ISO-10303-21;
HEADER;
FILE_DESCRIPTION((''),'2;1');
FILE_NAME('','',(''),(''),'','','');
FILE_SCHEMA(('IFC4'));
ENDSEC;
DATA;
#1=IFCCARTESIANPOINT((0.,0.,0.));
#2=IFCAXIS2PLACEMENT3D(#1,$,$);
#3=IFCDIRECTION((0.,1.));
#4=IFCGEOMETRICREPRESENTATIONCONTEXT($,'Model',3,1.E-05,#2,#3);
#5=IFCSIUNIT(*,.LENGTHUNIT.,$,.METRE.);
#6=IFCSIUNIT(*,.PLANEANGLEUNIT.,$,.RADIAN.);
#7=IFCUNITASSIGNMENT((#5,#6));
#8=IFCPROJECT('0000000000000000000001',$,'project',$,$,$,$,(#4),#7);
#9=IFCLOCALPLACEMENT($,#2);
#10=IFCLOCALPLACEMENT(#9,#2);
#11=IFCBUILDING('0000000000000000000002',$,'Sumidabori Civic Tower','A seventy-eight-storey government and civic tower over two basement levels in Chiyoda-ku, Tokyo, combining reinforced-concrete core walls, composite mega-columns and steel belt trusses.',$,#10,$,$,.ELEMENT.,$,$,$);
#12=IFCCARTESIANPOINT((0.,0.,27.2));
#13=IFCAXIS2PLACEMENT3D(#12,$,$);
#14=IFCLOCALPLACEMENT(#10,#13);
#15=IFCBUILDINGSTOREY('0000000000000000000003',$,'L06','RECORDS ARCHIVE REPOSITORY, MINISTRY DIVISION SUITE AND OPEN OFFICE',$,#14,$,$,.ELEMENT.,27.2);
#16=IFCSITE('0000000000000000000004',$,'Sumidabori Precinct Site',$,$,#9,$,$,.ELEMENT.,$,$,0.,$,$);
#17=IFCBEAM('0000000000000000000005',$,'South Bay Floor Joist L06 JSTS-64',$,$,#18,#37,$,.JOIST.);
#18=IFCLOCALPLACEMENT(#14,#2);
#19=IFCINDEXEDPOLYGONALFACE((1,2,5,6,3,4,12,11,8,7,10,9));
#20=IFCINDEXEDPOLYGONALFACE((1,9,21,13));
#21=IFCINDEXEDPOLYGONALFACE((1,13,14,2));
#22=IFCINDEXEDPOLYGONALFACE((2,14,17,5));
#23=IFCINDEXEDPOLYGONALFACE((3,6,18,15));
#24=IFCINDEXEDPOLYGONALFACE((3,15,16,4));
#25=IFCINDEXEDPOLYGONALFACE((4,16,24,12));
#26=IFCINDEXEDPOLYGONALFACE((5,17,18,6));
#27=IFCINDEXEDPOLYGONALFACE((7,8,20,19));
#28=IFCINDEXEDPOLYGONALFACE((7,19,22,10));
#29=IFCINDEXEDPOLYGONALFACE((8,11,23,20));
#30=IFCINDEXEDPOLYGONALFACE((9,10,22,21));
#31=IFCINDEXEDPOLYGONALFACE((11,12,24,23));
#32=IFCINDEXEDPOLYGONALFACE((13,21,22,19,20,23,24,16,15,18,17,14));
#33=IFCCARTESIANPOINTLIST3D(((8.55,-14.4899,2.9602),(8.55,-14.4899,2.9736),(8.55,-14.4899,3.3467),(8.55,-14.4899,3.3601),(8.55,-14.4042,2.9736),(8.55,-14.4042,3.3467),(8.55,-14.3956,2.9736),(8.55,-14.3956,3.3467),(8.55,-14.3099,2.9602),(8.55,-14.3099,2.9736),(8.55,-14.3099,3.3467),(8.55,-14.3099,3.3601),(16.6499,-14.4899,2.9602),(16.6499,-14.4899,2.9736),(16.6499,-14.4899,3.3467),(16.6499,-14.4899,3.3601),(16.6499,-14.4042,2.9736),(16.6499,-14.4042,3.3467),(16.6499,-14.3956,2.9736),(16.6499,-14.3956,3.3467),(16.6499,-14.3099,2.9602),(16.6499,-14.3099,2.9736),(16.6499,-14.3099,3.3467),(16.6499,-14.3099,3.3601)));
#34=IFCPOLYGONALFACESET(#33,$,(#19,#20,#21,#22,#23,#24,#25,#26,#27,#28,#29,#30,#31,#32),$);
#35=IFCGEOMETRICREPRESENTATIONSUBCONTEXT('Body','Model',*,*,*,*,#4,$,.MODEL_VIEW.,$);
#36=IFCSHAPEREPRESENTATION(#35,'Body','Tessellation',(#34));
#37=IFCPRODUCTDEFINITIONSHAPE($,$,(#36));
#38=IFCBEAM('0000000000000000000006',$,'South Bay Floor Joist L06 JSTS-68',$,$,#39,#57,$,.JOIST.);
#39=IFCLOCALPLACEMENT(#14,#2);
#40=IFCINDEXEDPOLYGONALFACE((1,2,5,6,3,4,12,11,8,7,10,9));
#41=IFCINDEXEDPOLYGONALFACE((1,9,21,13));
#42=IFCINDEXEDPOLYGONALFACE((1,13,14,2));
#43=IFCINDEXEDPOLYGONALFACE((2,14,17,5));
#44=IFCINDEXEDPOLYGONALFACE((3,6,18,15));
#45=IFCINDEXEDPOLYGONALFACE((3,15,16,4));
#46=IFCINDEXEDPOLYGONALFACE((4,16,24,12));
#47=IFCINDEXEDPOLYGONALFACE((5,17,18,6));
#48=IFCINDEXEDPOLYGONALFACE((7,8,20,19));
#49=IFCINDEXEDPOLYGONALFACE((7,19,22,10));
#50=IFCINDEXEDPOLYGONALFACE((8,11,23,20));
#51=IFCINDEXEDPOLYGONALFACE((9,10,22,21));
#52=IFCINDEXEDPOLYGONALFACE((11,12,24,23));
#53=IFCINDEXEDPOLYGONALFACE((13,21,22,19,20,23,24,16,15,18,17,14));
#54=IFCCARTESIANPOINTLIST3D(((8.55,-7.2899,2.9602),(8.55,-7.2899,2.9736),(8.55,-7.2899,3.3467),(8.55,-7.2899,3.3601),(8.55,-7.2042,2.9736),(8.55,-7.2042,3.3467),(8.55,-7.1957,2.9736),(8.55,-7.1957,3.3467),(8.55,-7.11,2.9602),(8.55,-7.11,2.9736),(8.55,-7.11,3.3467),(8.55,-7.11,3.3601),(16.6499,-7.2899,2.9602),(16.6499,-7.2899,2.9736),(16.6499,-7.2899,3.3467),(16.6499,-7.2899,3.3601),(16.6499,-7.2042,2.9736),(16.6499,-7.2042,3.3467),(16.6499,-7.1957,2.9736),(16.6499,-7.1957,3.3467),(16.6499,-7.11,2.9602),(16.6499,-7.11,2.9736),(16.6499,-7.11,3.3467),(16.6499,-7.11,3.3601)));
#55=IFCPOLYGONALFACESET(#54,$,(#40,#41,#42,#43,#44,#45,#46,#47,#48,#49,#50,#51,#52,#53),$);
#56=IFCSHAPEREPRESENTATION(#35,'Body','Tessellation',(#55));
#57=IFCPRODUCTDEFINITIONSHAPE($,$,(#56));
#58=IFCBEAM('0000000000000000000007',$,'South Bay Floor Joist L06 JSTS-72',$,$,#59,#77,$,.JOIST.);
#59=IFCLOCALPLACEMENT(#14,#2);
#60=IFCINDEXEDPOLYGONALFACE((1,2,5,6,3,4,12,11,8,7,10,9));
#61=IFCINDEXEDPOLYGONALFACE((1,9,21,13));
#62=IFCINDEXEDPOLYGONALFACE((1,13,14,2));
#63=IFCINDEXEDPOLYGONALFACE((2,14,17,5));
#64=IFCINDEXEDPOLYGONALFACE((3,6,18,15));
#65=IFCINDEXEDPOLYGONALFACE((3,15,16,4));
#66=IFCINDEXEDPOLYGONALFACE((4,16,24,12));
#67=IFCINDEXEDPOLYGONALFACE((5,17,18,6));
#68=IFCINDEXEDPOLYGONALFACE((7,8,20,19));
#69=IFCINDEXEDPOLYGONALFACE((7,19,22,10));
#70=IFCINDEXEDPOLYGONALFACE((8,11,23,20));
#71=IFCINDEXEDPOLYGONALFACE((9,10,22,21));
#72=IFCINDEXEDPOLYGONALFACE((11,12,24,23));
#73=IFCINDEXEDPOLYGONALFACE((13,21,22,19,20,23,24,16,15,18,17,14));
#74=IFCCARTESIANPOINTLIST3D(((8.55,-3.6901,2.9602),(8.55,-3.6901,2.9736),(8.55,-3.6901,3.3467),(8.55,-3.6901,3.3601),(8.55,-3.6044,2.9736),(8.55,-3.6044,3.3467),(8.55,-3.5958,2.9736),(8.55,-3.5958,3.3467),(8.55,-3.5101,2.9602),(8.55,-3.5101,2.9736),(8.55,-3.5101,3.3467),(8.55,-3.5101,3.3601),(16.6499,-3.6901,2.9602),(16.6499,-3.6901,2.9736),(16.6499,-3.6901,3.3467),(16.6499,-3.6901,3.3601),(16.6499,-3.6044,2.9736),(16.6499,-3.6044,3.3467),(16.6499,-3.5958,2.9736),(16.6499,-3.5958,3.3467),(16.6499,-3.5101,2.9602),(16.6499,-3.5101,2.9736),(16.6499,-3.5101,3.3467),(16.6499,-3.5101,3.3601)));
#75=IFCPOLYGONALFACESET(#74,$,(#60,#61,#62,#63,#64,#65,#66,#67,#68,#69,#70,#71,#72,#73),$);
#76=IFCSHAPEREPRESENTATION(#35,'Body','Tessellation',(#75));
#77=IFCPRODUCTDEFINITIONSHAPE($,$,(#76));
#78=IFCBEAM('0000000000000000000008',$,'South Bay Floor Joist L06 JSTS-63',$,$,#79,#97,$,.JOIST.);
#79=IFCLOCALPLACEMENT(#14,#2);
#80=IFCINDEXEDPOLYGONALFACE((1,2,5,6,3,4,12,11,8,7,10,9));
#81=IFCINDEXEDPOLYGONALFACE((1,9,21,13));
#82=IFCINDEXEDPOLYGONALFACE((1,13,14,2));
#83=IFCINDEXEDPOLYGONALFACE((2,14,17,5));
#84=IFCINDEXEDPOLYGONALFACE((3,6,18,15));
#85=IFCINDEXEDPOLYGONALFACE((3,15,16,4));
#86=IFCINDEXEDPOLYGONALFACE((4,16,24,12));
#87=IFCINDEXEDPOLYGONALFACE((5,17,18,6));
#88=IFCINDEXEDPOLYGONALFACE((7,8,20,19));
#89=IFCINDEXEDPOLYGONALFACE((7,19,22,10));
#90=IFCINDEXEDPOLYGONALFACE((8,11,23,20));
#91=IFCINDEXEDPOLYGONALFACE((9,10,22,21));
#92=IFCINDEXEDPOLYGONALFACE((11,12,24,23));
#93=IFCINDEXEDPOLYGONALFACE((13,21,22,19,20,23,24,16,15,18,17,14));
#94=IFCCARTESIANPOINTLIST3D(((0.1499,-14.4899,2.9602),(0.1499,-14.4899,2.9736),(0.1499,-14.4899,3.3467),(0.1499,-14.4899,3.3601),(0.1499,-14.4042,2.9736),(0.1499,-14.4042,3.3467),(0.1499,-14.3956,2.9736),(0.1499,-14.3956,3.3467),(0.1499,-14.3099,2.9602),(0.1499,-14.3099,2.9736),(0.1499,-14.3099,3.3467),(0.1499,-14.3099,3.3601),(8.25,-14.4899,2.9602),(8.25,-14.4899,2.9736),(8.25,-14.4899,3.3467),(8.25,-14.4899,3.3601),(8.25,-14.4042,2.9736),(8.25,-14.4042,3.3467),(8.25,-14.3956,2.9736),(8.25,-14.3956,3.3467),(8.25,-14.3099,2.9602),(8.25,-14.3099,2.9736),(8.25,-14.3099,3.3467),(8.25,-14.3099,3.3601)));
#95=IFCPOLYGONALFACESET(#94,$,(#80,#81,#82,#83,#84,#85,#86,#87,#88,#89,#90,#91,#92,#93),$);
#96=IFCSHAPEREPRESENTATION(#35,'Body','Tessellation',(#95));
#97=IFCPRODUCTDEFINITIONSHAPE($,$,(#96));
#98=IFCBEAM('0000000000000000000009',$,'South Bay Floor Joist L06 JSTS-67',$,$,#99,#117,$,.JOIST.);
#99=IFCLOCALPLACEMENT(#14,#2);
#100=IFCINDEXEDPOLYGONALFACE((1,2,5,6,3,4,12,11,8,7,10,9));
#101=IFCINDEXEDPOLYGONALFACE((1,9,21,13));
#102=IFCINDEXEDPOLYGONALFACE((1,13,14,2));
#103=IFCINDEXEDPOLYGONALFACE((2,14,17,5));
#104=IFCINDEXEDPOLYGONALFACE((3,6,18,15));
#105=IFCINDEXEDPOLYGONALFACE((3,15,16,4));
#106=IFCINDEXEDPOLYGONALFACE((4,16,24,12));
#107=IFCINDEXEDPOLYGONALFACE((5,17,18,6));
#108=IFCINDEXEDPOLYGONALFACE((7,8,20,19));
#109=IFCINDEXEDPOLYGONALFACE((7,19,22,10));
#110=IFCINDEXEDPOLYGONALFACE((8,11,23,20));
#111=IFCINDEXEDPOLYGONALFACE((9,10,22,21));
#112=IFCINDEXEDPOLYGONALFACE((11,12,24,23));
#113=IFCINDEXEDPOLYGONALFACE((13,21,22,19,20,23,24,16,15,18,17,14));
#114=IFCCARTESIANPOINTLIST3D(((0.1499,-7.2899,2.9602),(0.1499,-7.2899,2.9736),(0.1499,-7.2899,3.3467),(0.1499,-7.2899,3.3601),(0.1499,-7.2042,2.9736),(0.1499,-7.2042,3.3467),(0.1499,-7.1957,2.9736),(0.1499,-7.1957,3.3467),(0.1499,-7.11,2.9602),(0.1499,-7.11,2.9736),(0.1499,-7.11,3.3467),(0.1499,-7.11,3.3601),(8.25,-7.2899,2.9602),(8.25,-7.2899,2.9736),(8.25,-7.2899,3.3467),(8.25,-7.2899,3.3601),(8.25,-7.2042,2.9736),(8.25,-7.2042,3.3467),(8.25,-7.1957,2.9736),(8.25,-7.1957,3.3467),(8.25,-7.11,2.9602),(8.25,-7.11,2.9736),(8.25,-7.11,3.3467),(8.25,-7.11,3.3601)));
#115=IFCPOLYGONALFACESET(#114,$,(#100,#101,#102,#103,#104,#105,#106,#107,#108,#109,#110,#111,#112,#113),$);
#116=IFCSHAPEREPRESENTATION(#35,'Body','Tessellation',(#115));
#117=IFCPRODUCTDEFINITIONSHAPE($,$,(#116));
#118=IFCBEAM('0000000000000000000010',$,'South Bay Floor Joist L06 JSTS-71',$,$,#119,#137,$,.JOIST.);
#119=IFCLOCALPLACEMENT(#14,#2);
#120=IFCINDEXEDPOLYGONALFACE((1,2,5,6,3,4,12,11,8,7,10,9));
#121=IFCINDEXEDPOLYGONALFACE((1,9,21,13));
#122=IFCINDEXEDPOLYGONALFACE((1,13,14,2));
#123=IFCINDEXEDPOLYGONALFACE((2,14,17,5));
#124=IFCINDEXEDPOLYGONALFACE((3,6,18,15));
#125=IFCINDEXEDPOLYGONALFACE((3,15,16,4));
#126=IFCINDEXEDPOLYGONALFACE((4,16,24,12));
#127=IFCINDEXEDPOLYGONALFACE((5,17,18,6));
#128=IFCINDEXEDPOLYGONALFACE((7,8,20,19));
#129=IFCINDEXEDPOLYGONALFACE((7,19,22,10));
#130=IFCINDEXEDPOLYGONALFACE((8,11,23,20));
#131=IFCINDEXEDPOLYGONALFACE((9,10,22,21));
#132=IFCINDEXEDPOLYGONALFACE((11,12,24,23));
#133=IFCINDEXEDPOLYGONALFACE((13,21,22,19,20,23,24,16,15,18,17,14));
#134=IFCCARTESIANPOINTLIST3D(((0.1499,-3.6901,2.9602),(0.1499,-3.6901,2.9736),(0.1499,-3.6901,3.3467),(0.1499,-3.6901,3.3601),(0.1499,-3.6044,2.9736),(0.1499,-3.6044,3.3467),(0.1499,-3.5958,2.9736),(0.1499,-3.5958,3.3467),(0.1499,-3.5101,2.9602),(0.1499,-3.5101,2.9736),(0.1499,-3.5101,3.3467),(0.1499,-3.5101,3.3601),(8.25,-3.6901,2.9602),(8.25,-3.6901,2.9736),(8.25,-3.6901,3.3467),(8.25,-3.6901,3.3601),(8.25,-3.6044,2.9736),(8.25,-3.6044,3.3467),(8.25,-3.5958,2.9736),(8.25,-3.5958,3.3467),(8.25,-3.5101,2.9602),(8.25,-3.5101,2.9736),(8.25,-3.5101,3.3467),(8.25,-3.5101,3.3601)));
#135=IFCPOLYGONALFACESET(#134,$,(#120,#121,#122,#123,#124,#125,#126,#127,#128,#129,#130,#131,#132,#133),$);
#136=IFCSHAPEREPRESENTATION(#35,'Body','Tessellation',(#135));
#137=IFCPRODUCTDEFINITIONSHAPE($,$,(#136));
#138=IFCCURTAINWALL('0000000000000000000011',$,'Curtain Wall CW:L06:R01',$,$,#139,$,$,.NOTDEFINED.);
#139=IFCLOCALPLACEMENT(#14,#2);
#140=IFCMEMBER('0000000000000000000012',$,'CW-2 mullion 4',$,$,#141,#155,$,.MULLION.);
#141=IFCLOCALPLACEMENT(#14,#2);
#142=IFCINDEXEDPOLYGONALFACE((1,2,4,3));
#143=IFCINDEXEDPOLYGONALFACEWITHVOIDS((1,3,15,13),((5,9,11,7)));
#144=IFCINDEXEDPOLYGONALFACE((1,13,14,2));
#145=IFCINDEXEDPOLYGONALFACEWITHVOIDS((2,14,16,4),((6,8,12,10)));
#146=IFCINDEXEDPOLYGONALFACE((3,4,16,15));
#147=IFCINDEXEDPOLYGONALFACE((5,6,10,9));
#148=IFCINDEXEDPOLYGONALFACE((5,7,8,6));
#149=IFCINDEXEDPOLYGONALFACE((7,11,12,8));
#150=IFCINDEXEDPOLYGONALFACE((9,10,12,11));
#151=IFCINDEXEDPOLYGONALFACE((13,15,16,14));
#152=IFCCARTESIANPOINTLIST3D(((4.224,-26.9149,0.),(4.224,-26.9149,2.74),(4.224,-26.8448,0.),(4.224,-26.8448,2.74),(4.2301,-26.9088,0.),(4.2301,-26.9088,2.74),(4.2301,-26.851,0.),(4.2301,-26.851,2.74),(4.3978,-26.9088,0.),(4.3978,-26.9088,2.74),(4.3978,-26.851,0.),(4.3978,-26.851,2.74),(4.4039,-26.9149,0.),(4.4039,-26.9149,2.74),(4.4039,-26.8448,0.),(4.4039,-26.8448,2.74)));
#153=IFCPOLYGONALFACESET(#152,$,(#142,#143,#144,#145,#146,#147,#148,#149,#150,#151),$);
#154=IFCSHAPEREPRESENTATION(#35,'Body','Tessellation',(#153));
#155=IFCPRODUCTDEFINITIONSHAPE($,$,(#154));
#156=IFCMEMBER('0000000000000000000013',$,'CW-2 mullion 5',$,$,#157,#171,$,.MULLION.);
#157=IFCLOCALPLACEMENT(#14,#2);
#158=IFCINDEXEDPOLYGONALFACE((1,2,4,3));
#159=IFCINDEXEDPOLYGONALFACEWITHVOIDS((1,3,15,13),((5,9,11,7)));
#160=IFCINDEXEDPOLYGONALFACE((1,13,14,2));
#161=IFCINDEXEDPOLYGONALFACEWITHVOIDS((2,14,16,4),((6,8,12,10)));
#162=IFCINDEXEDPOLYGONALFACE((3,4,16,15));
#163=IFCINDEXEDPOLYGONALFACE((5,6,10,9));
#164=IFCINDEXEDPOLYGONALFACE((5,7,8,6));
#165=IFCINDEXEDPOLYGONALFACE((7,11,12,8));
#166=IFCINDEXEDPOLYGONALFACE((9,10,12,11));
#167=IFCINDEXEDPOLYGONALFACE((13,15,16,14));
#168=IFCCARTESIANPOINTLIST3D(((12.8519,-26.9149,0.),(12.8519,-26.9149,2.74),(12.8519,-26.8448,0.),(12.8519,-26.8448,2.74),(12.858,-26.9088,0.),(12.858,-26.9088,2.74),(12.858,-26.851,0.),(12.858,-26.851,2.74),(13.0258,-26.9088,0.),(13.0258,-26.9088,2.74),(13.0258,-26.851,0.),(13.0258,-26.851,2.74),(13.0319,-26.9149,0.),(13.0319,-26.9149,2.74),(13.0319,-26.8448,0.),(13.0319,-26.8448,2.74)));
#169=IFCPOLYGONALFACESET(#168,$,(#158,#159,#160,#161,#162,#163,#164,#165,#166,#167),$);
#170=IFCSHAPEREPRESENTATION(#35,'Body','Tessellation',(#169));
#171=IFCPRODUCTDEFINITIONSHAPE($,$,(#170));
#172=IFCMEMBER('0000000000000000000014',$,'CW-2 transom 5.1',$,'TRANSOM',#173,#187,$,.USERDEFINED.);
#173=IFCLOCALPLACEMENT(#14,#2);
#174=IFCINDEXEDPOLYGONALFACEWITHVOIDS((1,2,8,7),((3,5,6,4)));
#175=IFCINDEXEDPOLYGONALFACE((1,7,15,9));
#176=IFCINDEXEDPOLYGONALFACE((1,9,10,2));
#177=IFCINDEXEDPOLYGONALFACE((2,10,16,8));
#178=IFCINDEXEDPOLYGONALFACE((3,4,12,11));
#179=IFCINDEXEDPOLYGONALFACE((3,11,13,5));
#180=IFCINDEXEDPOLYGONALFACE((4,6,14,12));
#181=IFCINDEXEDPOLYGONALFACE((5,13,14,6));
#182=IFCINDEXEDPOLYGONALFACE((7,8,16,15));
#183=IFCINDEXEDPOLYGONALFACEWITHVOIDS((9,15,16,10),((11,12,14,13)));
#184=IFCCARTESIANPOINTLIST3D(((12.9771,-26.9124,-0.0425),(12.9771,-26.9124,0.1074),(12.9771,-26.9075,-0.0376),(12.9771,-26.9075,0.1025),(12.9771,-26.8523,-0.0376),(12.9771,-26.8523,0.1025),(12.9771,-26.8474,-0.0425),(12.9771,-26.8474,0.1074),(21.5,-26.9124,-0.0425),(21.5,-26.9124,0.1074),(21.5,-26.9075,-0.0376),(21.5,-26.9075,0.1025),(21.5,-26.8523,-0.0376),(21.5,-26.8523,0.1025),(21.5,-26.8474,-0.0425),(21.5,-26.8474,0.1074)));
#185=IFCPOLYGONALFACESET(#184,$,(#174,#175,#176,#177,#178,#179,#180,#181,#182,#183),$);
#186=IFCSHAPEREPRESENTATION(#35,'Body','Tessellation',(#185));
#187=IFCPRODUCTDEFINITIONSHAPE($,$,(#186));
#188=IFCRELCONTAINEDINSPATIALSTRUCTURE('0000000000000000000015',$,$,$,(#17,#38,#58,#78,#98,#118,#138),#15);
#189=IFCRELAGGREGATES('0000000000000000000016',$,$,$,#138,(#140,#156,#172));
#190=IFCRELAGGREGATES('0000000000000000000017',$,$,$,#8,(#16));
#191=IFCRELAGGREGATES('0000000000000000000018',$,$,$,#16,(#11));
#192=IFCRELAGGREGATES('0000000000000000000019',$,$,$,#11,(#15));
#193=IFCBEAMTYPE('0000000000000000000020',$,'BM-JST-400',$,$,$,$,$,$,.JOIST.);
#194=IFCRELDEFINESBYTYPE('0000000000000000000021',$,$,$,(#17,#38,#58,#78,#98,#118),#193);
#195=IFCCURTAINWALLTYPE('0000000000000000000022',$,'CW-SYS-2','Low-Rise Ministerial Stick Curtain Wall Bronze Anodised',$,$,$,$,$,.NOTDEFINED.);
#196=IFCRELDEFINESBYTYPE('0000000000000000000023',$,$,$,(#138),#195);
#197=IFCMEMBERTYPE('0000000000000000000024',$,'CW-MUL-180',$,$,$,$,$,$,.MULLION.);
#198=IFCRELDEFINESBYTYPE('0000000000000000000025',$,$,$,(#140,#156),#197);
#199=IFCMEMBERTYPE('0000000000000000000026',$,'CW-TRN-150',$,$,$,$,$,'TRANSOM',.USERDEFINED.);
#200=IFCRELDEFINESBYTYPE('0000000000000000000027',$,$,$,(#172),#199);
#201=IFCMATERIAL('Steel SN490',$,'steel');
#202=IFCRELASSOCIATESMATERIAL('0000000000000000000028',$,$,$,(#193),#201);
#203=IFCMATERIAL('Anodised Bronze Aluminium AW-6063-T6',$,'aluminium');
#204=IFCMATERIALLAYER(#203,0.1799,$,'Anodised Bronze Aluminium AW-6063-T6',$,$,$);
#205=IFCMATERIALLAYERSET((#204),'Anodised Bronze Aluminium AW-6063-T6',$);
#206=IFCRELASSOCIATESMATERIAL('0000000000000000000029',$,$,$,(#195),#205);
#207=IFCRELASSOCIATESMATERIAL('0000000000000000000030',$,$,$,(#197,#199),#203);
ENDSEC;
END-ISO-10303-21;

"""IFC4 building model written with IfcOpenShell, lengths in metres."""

from ifc_helpers import new_model, si_unit, direction, frame, origin, origin_2d, place, context, subcontext, project, spatial, hollow_rectangle, i_section, extrude, source, transform, mapped, material, layer, layer_set, material_profile, profile_set, type_object, element, aggregate, save


model = new_model("IFC4")

# Units and contexts
model_context = context("Model", 3, precision=1e-05, world=origin(), true_north=direction((0.0, 1.0)))
body_context = subcontext(model_context, "Body", "Model", "MODEL_VIEW")
ifc_project = project(units=[si_unit("LENGTHUNIT", "METRE"), si_unit("PLANEANGLEUNIT", "RADIAN")], contexts=[model_context])

# Site, building, storey
site_placement = place(None, origin())
site = spatial("IfcSite", under=ifc_project, at=site_placement, Name="Sumidabori Precinct Site", CompositionType="ELEMENT", RefElevation=0.0)
building_placement = place(site_placement, origin())
building = spatial("IfcBuilding", under=site, at=building_placement, Name="Sumidabori Civic Tower", Description="A seventy-eight-storey government and civic tower over two basement levels in Chiyoda-ku, Tokyo, combining reinforced-concrete core walls, composite mega-columns and steel belt trusses.", CompositionType="ELEMENT")
storey_placement = place(building_placement, frame((0.0, 0.0, 27.2)))
storey = spatial("IfcBuildingStorey", under=building, at=storey_placement, Name="L06", Description="RECORDS ARCHIVE REPOSITORY, MINISTRY DIVISION SUITE AND OPEN OFFICE", CompositionType="ELEMENT", Elevation=27.2)

# Beams
ifc_material_1 = material(Name="Steel SN490", Category="steel")
ifc_material_profile_1 = material_profile(ifc_material_1, i_section(OverallWidth=0.1799, OverallDepth=0.3999, WebThickness=0.0085, FlangeThickness=0.0134, at=origin_2d()), Name="IPE 400")
ifc_profile_set_1 = profile_set([ifc_material_profile_1], Name="Steel SN490")
beam_type_1 = type_object("IfcBeamType", Name="BM-JST-400", PredefinedType="JOIST", material=ifc_profile_set_1)
shared_shape_1 = source(origin(), body_context, "Body", "SweptSolid", [
    extrude(i_section(OverallWidth=0.1799, OverallDepth=0.3999, WebThickness=0.0085, FlangeThickness=0.0134, at=origin_2d()), origin(), (0.0, 0.0, 1.0), 8.0999),
])
for number, where, z_axis, x_axis, name in (
    (1, (8.55, -14.3999, 3.1602), (1.0, 0.0, 0.0), (0.0, 1.0, 0.0), "South Bay Floor Joist L06 JSTS-64"),
    (2, (8.55, -7.2, 3.1602), (1.0, 0.0, 0.0), (0.0, 1.0, 0.0), "South Bay Floor Joist L06 JSTS-68"),
    (3, (8.55, -3.6001, 3.1602), (1.0, 0.0, 0.0), (0.0, 1.0, 0.0), "South Bay Floor Joist L06 JSTS-72"),
):
    element("IfcBeam", number, at=place(storey_placement, frame(where, z_axis=z_axis, x_axis=x_axis)), inside=storey, type_object=beam_type_1, Name=name, PredefinedType="JOIST", context=body_context, shape_type="MappedRepresentation", body=[
        mapped(shared_shape_1, transform((0.0, 0.0, 0.0), x_axis=(1.0, 0.0, 0.0), y_axis=(0.0, 1.0, 0.0), z_axis=(0.0, 0.0, 1.0), scale=1.0)),
    ])
shared_shape_2 = source(origin(), body_context, "Body", "SweptSolid", [
    extrude(i_section(OverallWidth=0.1799, OverallDepth=0.3999, WebThickness=0.0085, FlangeThickness=0.0134, at=origin_2d()), origin(), (0.0, 0.0, 1.0), 8.1001),
])
for number, where, z_axis, x_axis, name in (
    (4, (0.1499, -14.3999, 3.1602), (1.0, 0.0, 0.0), (0.0, 1.0, 0.0), "South Bay Floor Joist L06 JSTS-63"),
    (5, (0.1499, -7.2, 3.1602), (1.0, 0.0, 0.0), (0.0, 1.0, 0.0), "South Bay Floor Joist L06 JSTS-67"),
    (6, (0.1499, -3.6001, 3.1602), (1.0, 0.0, 0.0), (0.0, 1.0, 0.0), "South Bay Floor Joist L06 JSTS-71"),
):
    element("IfcBeam", number, at=place(storey_placement, frame(where, z_axis=z_axis, x_axis=x_axis)), inside=storey, type_object=beam_type_1, Name=name, PredefinedType="JOIST", context=body_context, shape_type="MappedRepresentation", body=[
        mapped(shared_shape_2, transform((0.0, 0.0, 0.0), x_axis=(1.0, 0.0, 0.0), y_axis=(0.0, 1.0, 0.0), z_axis=(0.0, 0.0, 1.0), scale=1.0)),
    ])

# Curtain wall, members
ifc_material_2 = material(Name="Anodised Bronze Aluminium AW-6063-T6", Category="aluminium")
ifc_layer_1 = layer(ifc_material_2, 0.1799, Name="Anodised Bronze Aluminium AW-6063-T6")
ifc_layer_set_1 = layer_set([ifc_layer_1], Name="Anodised Bronze Aluminium AW-6063-T6")
curtain_wall_type = type_object("IfcCurtainWallType", Name="CW-SYS-2", Description="Low-Rise Ministerial Stick Curtain Wall Bronze Anodised", PredefinedType="NOTDEFINED", material=ifc_layer_set_1)
curtain_wall_placement = place(storey_placement, origin())
curtain_wall = element("IfcCurtainWall", 7, at=curtain_wall_placement, inside=storey, type_object=curtain_wall_type, Name="Curtain Wall CW:L06:R01", PredefinedType="NOTDEFINED")
ifc_material_profile_2 = material_profile(ifc_material_2, hollow_rectangle(XDim=0.0701, YDim=0.1799, WallThickness=0.0061, at=origin_2d()), Name="ALU MULLION 180x70")
ifc_profile_set_2 = profile_set([ifc_material_profile_2], Name="Anodised Bronze Aluminium AW-6063-T6")
member_type_1 = type_object("IfcMemberType", Name="CW-MUL-180", PredefinedType="MULLION", material=ifc_profile_set_2)
shared_shape_3 = source(origin(), body_context, "Body", "SweptSolid", [
    extrude(hollow_rectangle(XDim=0.0701, YDim=0.1799, WallThickness=0.0061, at=origin_2d()), origin(), (0.0, 0.0, 1.0), 2.74),
])
member_1_placement = place(storey_placement, frame((4.314, -26.8799, 0.0), z_axis=(0.0, 0.0, 1.0), x_axis=(0.0, 1.0, 0.0)))
member_1 = element("IfcMember", 8, at=member_1_placement, type_object=member_type_1, Name="CW-2 mullion 4", PredefinedType="MULLION", context=body_context, shape_type="MappedRepresentation", body=[
    mapped(shared_shape_3, transform((0.0, 0.0, 0.0), x_axis=(1.0, 0.0, 0.0), y_axis=(0.0, 1.0, 0.0), z_axis=(0.0, 0.0, 1.0), scale=1.0)),
])
member_2_placement = place(storey_placement, frame((12.9419, -26.8799, 0.0), z_axis=(0.0, 0.0, 1.0), x_axis=(0.0, 1.0, 0.0)))
member_2 = element("IfcMember", 9, at=member_2_placement, type_object=member_type_1, Name="CW-2 mullion 5", PredefinedType="MULLION", context=body_context, shape_type="MappedRepresentation", body=[
    mapped(shared_shape_3, transform((0.0, 0.0, 0.0), x_axis=(1.0, 0.0, 0.0), y_axis=(0.0, 1.0, 0.0), z_axis=(0.0, 0.0, 1.0), scale=1.0)),
])
ifc_material_profile_3 = material_profile(ifc_material_2, hollow_rectangle(XDim=0.0649, YDim=0.1499, WallThickness=0.0049, at=origin_2d()), Name="ALU TRANSOM 150x65")
ifc_profile_set_3 = profile_set([ifc_material_profile_3], Name="Anodised Bronze Aluminium AW-6063-T6")
member_type_2 = type_object("IfcMemberType", Name="CW-TRN-150", ElementType="TRANSOM", PredefinedType="USERDEFINED", material=ifc_profile_set_3)
shared_shape_4 = source(origin(), body_context, "Body", "SweptSolid", [
    extrude(hollow_rectangle(XDim=0.0649, YDim=0.1499, WallThickness=0.0049, at=origin_2d()), origin(), (0.0, 0.0, 1.0), 8.5229),
])
member_3_placement = place(storey_placement, frame((12.9771, -26.8799, 0.0325), z_axis=(1.0, 0.0, 0.0), x_axis=(0.0, 1.0, 0.0)))
member_3 = element("IfcMember", 10, at=member_3_placement, type_object=member_type_2, Name="CW-2 transom 5.1", ObjectType="TRANSOM", PredefinedType="USERDEFINED", context=body_context, shape_type="MappedRepresentation", body=[
    mapped(shared_shape_4, transform((0.0, 0.0, 0.0), x_axis=(1.0, 0.0, 0.0), y_axis=(0.0, 1.0, 0.0), z_axis=(0.0, 0.0, 1.0), scale=1.0)),
])
aggregate(curtain_wall, [member_1, member_2, member_3])

save(model, "model.ifc")
